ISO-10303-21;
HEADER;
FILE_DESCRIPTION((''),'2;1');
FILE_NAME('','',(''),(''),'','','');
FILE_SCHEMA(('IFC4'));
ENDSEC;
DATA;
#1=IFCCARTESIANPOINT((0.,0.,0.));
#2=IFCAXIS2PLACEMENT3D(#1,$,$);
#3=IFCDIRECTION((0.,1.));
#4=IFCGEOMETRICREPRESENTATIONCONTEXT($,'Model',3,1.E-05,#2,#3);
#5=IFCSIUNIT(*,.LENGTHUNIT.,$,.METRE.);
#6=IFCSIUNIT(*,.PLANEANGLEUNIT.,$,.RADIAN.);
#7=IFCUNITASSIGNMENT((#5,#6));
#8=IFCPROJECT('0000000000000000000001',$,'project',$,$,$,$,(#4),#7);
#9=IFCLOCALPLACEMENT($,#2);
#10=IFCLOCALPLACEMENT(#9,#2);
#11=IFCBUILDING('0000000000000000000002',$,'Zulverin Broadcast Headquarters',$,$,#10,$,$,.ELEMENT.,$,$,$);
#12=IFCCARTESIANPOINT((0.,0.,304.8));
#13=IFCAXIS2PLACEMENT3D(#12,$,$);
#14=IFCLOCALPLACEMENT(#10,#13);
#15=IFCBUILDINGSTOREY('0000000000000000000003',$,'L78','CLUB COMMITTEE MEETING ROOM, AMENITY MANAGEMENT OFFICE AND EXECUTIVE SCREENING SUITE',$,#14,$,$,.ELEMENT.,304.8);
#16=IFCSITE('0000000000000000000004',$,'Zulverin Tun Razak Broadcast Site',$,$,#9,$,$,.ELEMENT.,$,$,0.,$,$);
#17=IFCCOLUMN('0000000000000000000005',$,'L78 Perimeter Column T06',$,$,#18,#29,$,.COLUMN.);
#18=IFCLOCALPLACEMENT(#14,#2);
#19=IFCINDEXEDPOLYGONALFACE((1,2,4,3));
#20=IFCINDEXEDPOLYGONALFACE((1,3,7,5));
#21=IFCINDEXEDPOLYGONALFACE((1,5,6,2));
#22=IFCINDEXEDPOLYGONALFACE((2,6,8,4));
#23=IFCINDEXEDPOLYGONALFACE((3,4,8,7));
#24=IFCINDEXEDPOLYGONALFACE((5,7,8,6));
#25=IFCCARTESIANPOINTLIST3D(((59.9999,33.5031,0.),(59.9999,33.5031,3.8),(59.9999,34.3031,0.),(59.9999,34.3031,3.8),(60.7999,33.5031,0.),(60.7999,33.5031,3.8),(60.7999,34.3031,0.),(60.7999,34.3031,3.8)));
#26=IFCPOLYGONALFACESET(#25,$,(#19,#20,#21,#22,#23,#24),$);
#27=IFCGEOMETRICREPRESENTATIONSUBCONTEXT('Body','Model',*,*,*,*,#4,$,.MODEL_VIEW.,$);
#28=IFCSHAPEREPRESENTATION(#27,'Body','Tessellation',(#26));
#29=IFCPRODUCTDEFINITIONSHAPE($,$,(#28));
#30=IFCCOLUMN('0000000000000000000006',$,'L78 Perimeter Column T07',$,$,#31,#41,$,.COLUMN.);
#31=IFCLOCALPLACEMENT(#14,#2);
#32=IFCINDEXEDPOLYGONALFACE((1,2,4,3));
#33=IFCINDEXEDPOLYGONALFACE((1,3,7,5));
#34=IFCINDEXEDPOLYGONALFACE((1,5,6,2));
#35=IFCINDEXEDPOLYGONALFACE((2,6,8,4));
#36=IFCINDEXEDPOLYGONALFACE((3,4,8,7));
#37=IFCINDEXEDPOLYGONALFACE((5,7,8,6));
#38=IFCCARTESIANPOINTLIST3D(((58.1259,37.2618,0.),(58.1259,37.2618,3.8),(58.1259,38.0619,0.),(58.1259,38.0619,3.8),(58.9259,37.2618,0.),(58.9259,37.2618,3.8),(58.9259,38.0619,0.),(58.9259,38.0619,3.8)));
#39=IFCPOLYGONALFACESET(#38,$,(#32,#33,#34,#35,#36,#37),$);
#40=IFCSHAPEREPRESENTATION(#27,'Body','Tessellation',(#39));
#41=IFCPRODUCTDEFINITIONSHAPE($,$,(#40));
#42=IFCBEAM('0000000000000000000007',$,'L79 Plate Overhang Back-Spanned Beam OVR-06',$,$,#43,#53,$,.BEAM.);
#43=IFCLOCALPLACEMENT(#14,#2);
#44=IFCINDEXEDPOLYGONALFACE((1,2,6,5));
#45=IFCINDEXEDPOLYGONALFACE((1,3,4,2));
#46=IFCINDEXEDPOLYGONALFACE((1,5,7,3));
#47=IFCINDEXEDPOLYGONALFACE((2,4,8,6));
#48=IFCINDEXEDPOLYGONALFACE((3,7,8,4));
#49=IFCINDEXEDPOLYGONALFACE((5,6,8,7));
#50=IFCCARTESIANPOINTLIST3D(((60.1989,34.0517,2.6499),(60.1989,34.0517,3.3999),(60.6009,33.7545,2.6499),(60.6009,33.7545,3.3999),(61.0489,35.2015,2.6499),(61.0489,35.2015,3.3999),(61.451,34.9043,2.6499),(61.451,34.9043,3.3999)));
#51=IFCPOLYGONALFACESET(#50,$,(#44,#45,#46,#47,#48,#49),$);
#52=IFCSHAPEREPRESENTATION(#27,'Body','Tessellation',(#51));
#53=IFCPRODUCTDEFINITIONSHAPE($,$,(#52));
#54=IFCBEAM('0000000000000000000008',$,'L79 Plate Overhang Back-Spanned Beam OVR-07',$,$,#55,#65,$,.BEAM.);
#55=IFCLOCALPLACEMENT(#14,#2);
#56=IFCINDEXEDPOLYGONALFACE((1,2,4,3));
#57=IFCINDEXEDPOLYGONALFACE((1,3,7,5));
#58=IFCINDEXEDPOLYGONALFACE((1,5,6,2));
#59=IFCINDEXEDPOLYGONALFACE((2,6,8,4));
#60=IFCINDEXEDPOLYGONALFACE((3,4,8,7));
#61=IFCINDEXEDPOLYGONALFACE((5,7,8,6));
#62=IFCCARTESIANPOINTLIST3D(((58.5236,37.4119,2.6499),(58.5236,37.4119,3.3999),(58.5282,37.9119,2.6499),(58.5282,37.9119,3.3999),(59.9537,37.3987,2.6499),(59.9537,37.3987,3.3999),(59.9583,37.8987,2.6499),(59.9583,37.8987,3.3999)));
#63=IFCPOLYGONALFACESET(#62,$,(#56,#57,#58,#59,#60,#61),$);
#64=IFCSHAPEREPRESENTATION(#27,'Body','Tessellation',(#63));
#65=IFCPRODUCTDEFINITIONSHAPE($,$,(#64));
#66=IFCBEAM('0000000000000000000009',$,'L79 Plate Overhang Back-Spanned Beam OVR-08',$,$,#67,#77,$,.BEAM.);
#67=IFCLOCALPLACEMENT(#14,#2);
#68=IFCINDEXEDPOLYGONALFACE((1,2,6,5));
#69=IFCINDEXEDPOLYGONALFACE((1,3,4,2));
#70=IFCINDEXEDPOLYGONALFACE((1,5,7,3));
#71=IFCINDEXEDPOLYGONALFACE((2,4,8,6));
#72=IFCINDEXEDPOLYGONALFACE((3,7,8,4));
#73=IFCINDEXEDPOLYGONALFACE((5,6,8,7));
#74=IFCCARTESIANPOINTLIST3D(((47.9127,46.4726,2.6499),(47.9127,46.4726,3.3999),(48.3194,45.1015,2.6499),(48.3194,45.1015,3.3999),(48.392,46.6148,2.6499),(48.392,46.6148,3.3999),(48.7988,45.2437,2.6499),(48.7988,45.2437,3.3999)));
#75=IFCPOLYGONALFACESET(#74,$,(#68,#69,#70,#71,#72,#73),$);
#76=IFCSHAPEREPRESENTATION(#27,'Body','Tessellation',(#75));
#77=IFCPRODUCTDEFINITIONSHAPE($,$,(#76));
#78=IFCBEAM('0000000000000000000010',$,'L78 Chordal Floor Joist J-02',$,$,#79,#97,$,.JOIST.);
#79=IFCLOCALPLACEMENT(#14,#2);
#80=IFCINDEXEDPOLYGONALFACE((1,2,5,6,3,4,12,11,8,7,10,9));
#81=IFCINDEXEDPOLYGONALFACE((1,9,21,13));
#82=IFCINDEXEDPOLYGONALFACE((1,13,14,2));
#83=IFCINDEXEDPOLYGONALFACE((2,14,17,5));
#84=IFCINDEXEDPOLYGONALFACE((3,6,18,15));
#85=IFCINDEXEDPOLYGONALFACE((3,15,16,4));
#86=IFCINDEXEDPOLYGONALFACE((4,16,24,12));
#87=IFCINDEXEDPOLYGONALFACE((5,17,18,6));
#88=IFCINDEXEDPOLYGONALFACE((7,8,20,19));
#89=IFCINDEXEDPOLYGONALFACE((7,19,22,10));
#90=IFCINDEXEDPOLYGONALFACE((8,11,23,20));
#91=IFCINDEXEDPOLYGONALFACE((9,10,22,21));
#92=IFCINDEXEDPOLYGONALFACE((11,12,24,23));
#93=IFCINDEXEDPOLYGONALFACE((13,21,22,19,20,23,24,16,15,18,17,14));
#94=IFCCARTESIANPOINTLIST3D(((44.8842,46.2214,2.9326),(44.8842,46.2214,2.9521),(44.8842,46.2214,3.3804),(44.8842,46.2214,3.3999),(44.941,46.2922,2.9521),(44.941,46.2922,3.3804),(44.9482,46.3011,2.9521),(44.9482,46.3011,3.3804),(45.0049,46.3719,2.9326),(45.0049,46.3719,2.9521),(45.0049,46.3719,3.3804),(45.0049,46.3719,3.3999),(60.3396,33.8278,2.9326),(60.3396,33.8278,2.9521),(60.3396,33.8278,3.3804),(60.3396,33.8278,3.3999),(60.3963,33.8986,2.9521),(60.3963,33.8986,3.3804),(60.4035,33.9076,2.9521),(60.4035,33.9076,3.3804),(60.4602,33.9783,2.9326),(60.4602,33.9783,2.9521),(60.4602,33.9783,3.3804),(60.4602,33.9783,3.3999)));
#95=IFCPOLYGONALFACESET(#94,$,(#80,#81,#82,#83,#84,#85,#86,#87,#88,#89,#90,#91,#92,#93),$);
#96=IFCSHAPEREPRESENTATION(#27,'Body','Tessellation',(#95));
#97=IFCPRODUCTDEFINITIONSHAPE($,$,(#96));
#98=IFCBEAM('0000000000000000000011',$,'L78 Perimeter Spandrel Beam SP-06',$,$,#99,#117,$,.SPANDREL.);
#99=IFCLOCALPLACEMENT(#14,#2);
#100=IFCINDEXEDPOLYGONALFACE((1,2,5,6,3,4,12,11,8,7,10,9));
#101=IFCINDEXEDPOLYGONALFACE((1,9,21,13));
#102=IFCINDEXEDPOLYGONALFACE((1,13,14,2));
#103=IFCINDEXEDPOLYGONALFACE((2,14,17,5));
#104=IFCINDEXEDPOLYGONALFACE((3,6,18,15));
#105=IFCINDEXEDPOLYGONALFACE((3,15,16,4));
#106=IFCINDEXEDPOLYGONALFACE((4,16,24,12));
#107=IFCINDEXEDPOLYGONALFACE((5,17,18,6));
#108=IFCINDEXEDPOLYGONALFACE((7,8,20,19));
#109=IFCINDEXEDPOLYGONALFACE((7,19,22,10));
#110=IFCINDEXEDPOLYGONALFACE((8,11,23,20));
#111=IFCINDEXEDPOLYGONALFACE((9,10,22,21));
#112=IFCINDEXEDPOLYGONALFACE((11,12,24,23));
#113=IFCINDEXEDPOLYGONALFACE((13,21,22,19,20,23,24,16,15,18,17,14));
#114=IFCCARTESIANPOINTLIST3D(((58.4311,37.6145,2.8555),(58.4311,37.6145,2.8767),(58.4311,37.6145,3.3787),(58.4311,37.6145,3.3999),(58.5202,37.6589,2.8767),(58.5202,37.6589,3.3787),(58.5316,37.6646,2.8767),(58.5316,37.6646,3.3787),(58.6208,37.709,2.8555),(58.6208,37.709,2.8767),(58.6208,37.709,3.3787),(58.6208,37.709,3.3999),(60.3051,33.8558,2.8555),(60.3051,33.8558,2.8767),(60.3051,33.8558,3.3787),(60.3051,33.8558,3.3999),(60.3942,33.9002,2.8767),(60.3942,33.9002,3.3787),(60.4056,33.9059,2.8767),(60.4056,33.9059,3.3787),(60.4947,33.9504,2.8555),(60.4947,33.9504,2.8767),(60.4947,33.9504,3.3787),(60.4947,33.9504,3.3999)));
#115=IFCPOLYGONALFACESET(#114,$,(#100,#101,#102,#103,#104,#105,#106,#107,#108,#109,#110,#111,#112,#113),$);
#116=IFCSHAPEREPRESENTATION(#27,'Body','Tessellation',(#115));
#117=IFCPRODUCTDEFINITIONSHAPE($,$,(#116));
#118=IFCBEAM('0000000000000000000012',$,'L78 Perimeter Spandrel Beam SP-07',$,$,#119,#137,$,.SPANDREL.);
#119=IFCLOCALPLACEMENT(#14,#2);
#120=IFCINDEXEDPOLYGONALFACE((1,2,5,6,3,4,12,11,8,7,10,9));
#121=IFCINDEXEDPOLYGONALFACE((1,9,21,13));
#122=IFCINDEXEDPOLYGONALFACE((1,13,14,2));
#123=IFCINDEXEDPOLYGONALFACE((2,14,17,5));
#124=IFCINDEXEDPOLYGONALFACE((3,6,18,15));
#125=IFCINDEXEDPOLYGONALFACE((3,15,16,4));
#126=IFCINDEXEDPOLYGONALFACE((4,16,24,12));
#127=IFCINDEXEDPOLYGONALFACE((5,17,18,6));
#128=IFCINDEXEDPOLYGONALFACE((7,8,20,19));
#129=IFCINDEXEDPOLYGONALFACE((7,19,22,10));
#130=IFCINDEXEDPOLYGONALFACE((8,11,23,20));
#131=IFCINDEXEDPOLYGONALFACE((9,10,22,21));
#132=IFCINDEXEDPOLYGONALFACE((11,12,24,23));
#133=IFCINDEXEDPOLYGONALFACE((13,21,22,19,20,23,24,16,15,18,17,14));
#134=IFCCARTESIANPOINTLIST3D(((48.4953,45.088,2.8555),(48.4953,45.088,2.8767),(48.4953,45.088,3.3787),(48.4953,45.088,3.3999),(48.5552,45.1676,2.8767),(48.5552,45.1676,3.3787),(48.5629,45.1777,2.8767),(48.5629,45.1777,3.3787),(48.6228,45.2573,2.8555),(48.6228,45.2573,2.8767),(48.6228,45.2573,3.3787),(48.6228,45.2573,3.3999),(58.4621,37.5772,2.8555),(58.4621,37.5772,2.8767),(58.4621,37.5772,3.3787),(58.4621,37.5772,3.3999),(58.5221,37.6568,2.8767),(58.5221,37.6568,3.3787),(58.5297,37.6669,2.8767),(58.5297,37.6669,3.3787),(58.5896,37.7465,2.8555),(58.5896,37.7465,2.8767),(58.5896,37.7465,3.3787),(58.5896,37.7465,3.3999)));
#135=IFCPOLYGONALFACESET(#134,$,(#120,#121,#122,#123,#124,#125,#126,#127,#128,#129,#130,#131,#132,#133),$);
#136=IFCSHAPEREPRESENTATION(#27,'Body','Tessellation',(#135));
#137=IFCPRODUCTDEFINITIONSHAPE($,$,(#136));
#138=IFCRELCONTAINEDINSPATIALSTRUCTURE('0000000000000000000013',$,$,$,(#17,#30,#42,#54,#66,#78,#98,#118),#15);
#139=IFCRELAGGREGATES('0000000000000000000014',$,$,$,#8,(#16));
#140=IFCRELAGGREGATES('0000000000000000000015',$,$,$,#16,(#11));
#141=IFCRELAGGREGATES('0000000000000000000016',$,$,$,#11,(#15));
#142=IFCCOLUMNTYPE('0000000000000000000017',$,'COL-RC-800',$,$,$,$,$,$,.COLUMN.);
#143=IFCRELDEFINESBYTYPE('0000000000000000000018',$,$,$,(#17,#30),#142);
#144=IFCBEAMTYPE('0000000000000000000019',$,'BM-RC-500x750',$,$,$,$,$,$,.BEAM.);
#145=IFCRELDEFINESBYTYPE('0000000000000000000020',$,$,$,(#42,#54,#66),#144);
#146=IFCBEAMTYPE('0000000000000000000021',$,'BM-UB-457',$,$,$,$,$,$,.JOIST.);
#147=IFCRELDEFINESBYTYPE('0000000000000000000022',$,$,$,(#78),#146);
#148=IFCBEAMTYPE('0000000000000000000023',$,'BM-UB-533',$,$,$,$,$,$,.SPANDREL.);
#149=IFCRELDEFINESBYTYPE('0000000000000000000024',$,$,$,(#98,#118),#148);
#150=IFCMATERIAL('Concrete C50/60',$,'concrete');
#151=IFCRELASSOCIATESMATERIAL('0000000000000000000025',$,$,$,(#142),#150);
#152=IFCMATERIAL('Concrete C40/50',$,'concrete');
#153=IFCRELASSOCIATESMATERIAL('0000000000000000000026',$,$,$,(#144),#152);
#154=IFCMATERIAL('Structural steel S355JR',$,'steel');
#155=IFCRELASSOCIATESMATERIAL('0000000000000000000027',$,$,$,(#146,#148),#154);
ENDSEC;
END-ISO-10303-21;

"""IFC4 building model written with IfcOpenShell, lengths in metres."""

from ifc_helpers import new_model, si_unit, direction, frame, origin, origin_2d, place, context, subcontext, project, spatial, rectangle, i_section, extrude, material, material_profile, profile_set, type_object, element, save


model = new_model("IFC4")

# Units and contexts
model_context = context("Model", 3, precision=1e-05, world=origin(), true_north=direction((0.0, 1.0)))
body_context = subcontext(model_context, "Body", "Model", "MODEL_VIEW")
ifc_project = project(units=[si_unit("LENGTHUNIT", "METRE"), si_unit("PLANEANGLEUNIT", "RADIAN")], contexts=[model_context])

# Site, building, storey
site_placement = place(None, origin())
site = spatial("IfcSite", under=ifc_project, at=site_placement, Name="Zulverin Tun Razak Broadcast Site", CompositionType="ELEMENT", RefElevation=0.0)
building_placement = place(site_placement, origin())
building = spatial("IfcBuilding", under=site, at=building_placement, Name="Zulverin Broadcast Headquarters", CompositionType="ELEMENT")
storey_placement = place(building_placement, frame((0.0, 0.0, 304.8)))
storey = spatial("IfcBuildingStorey", under=building, at=storey_placement, Name="L78", Description="CLUB COMMITTEE MEETING ROOM, AMENITY MANAGEMENT OFFICE AND EXECUTIVE SCREENING SUITE", CompositionType="ELEMENT", Elevation=304.8)

# Columns
ifc_material_1 = material(Name="Concrete C50/60", Category="concrete")
ifc_material_profile_1 = material_profile(ifc_material_1, rectangle(XDim=0.8, YDim=0.8, at=origin_2d()), Name="Concrete C50/60", Category="concrete")
ifc_profile_set_1 = profile_set([ifc_material_profile_1], Name="Concrete C50/60")
column_type = type_object("IfcColumnType", Name="COL-RC-800", PredefinedType="COLUMN", material=ifc_profile_set_1)
for number, where, z_axis, x_axis, name in (
    (1, (60.3999, 33.9031, 0.0), (0.0, 0.0, 1.0), (1.0, 0.0, 0.0), "L78 Perimeter Column T06"),
    (2, (58.5259, 37.6619, 0.0), (0.0, 0.0, 1.0), (1.0, 0.0, 0.0), "L78 Perimeter Column T07"),
):
    element("IfcColumn", number, at=place(storey_placement, frame(where, z_axis=z_axis, x_axis=x_axis)), inside=storey, type_object=column_type, Name=name, PredefinedType="COLUMN", context=body_context, shape_type="SweptSolid", body=[
        extrude(rectangle(XDim=0.8, YDim=0.8, at=origin_2d()), origin(), (0.0, 0.0, 1.0), 3.8),
    ])

# Beams
ifc_material_2 = material(Name="Concrete C40/50", Category="concrete")
ifc_material_profile_2 = material_profile(ifc_material_2, rectangle(XDim=0.5, YDim=0.75, at=origin_2d()), Name="Concrete C40/50", Category="concrete")
ifc_profile_set_2 = profile_set([ifc_material_profile_2], Name="Concrete C40/50")
beam_type_1 = type_object("IfcBeamType", Name="BM-RC-500x750", PredefinedType="BEAM", material=ifc_profile_set_2)
beam_1_placement = place(storey_placement, frame((60.3999, 33.9031, 3.0249), z_axis=(0.594468, 0.804119, 0.0), x_axis=(-0.804119, 0.594468, 0.0)))
element("IfcBeam", 3, at=beam_1_placement, inside=storey, type_object=beam_type_1, Name="L79 Plate Overhang Back-Spanned Beam OVR-06", PredefinedType="BEAM", context=body_context, shape_type="SweptSolid", body=[
    extrude(rectangle(XDim=0.5, YDim=0.75, at=origin_2d()), origin(), (0.0, 0.0, 1.0), 1.4299),
])
for number, where, z_axis, x_axis, name in (
    (4, (58.5259, 37.6619, 3.0249), (0.999958, -0.009218, 0.0), (0.009218, 0.999958, 0.0), "L79 Plate Overhang Back-Spanned Beam OVR-07"),
    (5, (48.5591, 45.1726, 3.0249), (-0.284402, 0.958705, 0.0), (-0.958705, -0.284402, 0.0), "L79 Plate Overhang Back-Spanned Beam OVR-08"),
):
    element("IfcBeam", number, at=place(storey_placement, frame(where, z_axis=z_axis, x_axis=x_axis)), inside=storey, type_object=beam_type_1, Name=name, PredefinedType="BEAM", context=body_context, shape_type="SweptSolid", body=[
        extrude(rectangle(XDim=0.5, YDim=0.75, at=origin_2d()), origin(), (0.0, 0.0, 1.0), 1.4302),
    ])
ifc_material_3 = material(Name="Structural steel S355JR", Category="steel")
ifc_material_profile_3 = material_profile(ifc_material_3, i_section(OverallWidth=0.1929, OverallDepth=0.4673, WebThickness=0.0115, FlangeThickness=0.0195, at=origin_2d()), Name="Structural steel S355JR", Category="steel")
ifc_profile_set_3 = profile_set([ifc_material_profile_3], Name="Structural steel S355JR")
beam_type_2 = type_object("IfcBeamType", Name="BM-UB-457", PredefinedType="JOIST", material=ifc_profile_set_3)
beam_2_placement = place(storey_placement, frame((60.3999, 33.9031, 3.1663), z_axis=(-0.780147, 0.625596, 0.0), x_axis=(-0.625596, -0.780147, 0.0)))
element("IfcBeam", 6, at=beam_2_placement, inside=storey, type_object=beam_type_2, Name="L78 Chordal Floor Joist J-02", PredefinedType="JOIST", context=body_context, shape_type="SweptSolid", body=[
    extrude(i_section(OverallWidth=0.1929, OverallDepth=0.4673, WebThickness=0.0115, FlangeThickness=0.0195, at=origin_2d()), origin(), (0.0, 0.0, 1.0), 19.8108),
])
ifc_material_profile_4 = material_profile(ifc_material_3, i_section(OverallWidth=0.2119, OverallDepth=0.5444, WebThickness=0.0127, FlangeThickness=0.0212, at=origin_2d()), Name="Structural steel S355JR", Category="steel")
ifc_profile_set_4 = profile_set([ifc_material_profile_4], Name="Structural steel S355JR")
beam_type_3 = type_object("IfcBeamType", Name="BM-UB-533", PredefinedType="SPANDREL", material=ifc_profile_set_4)
beam_3_placement = place(storey_placement, frame((60.3999, 33.9031, 3.1277), z_axis=(-0.44619, 0.894938, 0.0), x_axis=(-0.894938, -0.44619, 0.0)))
element("IfcBeam", 7, at=beam_3_placement, inside=storey, type_object=beam_type_3, Name="L78 Perimeter Spandrel Beam SP-06", PredefinedType="SPANDREL", context=body_context, shape_type="SweptSolid", body=[
    extrude(i_section(OverallWidth=0.2119, OverallDepth=0.5444, WebThickness=0.0127, FlangeThickness=0.0212, at=origin_2d()), origin(), (0.0, 0.0, 1.0), 4.2),
])
beam_4_placement = place(storey_placement, frame((58.5259, 37.6619, 3.1277), z_axis=(-0.798627, 0.601826, 0.0), x_axis=(-0.601826, -0.798627, 0.0)))
element("IfcBeam", 8, at=beam_4_placement, inside=storey, type_object=beam_type_3, Name="L78 Perimeter Spandrel Beam SP-07", PredefinedType="SPANDREL", context=body_context, shape_type="SweptSolid", body=[
    extrude(i_section(OverallWidth=0.2119, OverallDepth=0.5444, WebThickness=0.0127, FlangeThickness=0.0212, at=origin_2d()), origin(), (0.0, 0.0, 1.0), 12.48),
])

save(model, "model.ifc")
